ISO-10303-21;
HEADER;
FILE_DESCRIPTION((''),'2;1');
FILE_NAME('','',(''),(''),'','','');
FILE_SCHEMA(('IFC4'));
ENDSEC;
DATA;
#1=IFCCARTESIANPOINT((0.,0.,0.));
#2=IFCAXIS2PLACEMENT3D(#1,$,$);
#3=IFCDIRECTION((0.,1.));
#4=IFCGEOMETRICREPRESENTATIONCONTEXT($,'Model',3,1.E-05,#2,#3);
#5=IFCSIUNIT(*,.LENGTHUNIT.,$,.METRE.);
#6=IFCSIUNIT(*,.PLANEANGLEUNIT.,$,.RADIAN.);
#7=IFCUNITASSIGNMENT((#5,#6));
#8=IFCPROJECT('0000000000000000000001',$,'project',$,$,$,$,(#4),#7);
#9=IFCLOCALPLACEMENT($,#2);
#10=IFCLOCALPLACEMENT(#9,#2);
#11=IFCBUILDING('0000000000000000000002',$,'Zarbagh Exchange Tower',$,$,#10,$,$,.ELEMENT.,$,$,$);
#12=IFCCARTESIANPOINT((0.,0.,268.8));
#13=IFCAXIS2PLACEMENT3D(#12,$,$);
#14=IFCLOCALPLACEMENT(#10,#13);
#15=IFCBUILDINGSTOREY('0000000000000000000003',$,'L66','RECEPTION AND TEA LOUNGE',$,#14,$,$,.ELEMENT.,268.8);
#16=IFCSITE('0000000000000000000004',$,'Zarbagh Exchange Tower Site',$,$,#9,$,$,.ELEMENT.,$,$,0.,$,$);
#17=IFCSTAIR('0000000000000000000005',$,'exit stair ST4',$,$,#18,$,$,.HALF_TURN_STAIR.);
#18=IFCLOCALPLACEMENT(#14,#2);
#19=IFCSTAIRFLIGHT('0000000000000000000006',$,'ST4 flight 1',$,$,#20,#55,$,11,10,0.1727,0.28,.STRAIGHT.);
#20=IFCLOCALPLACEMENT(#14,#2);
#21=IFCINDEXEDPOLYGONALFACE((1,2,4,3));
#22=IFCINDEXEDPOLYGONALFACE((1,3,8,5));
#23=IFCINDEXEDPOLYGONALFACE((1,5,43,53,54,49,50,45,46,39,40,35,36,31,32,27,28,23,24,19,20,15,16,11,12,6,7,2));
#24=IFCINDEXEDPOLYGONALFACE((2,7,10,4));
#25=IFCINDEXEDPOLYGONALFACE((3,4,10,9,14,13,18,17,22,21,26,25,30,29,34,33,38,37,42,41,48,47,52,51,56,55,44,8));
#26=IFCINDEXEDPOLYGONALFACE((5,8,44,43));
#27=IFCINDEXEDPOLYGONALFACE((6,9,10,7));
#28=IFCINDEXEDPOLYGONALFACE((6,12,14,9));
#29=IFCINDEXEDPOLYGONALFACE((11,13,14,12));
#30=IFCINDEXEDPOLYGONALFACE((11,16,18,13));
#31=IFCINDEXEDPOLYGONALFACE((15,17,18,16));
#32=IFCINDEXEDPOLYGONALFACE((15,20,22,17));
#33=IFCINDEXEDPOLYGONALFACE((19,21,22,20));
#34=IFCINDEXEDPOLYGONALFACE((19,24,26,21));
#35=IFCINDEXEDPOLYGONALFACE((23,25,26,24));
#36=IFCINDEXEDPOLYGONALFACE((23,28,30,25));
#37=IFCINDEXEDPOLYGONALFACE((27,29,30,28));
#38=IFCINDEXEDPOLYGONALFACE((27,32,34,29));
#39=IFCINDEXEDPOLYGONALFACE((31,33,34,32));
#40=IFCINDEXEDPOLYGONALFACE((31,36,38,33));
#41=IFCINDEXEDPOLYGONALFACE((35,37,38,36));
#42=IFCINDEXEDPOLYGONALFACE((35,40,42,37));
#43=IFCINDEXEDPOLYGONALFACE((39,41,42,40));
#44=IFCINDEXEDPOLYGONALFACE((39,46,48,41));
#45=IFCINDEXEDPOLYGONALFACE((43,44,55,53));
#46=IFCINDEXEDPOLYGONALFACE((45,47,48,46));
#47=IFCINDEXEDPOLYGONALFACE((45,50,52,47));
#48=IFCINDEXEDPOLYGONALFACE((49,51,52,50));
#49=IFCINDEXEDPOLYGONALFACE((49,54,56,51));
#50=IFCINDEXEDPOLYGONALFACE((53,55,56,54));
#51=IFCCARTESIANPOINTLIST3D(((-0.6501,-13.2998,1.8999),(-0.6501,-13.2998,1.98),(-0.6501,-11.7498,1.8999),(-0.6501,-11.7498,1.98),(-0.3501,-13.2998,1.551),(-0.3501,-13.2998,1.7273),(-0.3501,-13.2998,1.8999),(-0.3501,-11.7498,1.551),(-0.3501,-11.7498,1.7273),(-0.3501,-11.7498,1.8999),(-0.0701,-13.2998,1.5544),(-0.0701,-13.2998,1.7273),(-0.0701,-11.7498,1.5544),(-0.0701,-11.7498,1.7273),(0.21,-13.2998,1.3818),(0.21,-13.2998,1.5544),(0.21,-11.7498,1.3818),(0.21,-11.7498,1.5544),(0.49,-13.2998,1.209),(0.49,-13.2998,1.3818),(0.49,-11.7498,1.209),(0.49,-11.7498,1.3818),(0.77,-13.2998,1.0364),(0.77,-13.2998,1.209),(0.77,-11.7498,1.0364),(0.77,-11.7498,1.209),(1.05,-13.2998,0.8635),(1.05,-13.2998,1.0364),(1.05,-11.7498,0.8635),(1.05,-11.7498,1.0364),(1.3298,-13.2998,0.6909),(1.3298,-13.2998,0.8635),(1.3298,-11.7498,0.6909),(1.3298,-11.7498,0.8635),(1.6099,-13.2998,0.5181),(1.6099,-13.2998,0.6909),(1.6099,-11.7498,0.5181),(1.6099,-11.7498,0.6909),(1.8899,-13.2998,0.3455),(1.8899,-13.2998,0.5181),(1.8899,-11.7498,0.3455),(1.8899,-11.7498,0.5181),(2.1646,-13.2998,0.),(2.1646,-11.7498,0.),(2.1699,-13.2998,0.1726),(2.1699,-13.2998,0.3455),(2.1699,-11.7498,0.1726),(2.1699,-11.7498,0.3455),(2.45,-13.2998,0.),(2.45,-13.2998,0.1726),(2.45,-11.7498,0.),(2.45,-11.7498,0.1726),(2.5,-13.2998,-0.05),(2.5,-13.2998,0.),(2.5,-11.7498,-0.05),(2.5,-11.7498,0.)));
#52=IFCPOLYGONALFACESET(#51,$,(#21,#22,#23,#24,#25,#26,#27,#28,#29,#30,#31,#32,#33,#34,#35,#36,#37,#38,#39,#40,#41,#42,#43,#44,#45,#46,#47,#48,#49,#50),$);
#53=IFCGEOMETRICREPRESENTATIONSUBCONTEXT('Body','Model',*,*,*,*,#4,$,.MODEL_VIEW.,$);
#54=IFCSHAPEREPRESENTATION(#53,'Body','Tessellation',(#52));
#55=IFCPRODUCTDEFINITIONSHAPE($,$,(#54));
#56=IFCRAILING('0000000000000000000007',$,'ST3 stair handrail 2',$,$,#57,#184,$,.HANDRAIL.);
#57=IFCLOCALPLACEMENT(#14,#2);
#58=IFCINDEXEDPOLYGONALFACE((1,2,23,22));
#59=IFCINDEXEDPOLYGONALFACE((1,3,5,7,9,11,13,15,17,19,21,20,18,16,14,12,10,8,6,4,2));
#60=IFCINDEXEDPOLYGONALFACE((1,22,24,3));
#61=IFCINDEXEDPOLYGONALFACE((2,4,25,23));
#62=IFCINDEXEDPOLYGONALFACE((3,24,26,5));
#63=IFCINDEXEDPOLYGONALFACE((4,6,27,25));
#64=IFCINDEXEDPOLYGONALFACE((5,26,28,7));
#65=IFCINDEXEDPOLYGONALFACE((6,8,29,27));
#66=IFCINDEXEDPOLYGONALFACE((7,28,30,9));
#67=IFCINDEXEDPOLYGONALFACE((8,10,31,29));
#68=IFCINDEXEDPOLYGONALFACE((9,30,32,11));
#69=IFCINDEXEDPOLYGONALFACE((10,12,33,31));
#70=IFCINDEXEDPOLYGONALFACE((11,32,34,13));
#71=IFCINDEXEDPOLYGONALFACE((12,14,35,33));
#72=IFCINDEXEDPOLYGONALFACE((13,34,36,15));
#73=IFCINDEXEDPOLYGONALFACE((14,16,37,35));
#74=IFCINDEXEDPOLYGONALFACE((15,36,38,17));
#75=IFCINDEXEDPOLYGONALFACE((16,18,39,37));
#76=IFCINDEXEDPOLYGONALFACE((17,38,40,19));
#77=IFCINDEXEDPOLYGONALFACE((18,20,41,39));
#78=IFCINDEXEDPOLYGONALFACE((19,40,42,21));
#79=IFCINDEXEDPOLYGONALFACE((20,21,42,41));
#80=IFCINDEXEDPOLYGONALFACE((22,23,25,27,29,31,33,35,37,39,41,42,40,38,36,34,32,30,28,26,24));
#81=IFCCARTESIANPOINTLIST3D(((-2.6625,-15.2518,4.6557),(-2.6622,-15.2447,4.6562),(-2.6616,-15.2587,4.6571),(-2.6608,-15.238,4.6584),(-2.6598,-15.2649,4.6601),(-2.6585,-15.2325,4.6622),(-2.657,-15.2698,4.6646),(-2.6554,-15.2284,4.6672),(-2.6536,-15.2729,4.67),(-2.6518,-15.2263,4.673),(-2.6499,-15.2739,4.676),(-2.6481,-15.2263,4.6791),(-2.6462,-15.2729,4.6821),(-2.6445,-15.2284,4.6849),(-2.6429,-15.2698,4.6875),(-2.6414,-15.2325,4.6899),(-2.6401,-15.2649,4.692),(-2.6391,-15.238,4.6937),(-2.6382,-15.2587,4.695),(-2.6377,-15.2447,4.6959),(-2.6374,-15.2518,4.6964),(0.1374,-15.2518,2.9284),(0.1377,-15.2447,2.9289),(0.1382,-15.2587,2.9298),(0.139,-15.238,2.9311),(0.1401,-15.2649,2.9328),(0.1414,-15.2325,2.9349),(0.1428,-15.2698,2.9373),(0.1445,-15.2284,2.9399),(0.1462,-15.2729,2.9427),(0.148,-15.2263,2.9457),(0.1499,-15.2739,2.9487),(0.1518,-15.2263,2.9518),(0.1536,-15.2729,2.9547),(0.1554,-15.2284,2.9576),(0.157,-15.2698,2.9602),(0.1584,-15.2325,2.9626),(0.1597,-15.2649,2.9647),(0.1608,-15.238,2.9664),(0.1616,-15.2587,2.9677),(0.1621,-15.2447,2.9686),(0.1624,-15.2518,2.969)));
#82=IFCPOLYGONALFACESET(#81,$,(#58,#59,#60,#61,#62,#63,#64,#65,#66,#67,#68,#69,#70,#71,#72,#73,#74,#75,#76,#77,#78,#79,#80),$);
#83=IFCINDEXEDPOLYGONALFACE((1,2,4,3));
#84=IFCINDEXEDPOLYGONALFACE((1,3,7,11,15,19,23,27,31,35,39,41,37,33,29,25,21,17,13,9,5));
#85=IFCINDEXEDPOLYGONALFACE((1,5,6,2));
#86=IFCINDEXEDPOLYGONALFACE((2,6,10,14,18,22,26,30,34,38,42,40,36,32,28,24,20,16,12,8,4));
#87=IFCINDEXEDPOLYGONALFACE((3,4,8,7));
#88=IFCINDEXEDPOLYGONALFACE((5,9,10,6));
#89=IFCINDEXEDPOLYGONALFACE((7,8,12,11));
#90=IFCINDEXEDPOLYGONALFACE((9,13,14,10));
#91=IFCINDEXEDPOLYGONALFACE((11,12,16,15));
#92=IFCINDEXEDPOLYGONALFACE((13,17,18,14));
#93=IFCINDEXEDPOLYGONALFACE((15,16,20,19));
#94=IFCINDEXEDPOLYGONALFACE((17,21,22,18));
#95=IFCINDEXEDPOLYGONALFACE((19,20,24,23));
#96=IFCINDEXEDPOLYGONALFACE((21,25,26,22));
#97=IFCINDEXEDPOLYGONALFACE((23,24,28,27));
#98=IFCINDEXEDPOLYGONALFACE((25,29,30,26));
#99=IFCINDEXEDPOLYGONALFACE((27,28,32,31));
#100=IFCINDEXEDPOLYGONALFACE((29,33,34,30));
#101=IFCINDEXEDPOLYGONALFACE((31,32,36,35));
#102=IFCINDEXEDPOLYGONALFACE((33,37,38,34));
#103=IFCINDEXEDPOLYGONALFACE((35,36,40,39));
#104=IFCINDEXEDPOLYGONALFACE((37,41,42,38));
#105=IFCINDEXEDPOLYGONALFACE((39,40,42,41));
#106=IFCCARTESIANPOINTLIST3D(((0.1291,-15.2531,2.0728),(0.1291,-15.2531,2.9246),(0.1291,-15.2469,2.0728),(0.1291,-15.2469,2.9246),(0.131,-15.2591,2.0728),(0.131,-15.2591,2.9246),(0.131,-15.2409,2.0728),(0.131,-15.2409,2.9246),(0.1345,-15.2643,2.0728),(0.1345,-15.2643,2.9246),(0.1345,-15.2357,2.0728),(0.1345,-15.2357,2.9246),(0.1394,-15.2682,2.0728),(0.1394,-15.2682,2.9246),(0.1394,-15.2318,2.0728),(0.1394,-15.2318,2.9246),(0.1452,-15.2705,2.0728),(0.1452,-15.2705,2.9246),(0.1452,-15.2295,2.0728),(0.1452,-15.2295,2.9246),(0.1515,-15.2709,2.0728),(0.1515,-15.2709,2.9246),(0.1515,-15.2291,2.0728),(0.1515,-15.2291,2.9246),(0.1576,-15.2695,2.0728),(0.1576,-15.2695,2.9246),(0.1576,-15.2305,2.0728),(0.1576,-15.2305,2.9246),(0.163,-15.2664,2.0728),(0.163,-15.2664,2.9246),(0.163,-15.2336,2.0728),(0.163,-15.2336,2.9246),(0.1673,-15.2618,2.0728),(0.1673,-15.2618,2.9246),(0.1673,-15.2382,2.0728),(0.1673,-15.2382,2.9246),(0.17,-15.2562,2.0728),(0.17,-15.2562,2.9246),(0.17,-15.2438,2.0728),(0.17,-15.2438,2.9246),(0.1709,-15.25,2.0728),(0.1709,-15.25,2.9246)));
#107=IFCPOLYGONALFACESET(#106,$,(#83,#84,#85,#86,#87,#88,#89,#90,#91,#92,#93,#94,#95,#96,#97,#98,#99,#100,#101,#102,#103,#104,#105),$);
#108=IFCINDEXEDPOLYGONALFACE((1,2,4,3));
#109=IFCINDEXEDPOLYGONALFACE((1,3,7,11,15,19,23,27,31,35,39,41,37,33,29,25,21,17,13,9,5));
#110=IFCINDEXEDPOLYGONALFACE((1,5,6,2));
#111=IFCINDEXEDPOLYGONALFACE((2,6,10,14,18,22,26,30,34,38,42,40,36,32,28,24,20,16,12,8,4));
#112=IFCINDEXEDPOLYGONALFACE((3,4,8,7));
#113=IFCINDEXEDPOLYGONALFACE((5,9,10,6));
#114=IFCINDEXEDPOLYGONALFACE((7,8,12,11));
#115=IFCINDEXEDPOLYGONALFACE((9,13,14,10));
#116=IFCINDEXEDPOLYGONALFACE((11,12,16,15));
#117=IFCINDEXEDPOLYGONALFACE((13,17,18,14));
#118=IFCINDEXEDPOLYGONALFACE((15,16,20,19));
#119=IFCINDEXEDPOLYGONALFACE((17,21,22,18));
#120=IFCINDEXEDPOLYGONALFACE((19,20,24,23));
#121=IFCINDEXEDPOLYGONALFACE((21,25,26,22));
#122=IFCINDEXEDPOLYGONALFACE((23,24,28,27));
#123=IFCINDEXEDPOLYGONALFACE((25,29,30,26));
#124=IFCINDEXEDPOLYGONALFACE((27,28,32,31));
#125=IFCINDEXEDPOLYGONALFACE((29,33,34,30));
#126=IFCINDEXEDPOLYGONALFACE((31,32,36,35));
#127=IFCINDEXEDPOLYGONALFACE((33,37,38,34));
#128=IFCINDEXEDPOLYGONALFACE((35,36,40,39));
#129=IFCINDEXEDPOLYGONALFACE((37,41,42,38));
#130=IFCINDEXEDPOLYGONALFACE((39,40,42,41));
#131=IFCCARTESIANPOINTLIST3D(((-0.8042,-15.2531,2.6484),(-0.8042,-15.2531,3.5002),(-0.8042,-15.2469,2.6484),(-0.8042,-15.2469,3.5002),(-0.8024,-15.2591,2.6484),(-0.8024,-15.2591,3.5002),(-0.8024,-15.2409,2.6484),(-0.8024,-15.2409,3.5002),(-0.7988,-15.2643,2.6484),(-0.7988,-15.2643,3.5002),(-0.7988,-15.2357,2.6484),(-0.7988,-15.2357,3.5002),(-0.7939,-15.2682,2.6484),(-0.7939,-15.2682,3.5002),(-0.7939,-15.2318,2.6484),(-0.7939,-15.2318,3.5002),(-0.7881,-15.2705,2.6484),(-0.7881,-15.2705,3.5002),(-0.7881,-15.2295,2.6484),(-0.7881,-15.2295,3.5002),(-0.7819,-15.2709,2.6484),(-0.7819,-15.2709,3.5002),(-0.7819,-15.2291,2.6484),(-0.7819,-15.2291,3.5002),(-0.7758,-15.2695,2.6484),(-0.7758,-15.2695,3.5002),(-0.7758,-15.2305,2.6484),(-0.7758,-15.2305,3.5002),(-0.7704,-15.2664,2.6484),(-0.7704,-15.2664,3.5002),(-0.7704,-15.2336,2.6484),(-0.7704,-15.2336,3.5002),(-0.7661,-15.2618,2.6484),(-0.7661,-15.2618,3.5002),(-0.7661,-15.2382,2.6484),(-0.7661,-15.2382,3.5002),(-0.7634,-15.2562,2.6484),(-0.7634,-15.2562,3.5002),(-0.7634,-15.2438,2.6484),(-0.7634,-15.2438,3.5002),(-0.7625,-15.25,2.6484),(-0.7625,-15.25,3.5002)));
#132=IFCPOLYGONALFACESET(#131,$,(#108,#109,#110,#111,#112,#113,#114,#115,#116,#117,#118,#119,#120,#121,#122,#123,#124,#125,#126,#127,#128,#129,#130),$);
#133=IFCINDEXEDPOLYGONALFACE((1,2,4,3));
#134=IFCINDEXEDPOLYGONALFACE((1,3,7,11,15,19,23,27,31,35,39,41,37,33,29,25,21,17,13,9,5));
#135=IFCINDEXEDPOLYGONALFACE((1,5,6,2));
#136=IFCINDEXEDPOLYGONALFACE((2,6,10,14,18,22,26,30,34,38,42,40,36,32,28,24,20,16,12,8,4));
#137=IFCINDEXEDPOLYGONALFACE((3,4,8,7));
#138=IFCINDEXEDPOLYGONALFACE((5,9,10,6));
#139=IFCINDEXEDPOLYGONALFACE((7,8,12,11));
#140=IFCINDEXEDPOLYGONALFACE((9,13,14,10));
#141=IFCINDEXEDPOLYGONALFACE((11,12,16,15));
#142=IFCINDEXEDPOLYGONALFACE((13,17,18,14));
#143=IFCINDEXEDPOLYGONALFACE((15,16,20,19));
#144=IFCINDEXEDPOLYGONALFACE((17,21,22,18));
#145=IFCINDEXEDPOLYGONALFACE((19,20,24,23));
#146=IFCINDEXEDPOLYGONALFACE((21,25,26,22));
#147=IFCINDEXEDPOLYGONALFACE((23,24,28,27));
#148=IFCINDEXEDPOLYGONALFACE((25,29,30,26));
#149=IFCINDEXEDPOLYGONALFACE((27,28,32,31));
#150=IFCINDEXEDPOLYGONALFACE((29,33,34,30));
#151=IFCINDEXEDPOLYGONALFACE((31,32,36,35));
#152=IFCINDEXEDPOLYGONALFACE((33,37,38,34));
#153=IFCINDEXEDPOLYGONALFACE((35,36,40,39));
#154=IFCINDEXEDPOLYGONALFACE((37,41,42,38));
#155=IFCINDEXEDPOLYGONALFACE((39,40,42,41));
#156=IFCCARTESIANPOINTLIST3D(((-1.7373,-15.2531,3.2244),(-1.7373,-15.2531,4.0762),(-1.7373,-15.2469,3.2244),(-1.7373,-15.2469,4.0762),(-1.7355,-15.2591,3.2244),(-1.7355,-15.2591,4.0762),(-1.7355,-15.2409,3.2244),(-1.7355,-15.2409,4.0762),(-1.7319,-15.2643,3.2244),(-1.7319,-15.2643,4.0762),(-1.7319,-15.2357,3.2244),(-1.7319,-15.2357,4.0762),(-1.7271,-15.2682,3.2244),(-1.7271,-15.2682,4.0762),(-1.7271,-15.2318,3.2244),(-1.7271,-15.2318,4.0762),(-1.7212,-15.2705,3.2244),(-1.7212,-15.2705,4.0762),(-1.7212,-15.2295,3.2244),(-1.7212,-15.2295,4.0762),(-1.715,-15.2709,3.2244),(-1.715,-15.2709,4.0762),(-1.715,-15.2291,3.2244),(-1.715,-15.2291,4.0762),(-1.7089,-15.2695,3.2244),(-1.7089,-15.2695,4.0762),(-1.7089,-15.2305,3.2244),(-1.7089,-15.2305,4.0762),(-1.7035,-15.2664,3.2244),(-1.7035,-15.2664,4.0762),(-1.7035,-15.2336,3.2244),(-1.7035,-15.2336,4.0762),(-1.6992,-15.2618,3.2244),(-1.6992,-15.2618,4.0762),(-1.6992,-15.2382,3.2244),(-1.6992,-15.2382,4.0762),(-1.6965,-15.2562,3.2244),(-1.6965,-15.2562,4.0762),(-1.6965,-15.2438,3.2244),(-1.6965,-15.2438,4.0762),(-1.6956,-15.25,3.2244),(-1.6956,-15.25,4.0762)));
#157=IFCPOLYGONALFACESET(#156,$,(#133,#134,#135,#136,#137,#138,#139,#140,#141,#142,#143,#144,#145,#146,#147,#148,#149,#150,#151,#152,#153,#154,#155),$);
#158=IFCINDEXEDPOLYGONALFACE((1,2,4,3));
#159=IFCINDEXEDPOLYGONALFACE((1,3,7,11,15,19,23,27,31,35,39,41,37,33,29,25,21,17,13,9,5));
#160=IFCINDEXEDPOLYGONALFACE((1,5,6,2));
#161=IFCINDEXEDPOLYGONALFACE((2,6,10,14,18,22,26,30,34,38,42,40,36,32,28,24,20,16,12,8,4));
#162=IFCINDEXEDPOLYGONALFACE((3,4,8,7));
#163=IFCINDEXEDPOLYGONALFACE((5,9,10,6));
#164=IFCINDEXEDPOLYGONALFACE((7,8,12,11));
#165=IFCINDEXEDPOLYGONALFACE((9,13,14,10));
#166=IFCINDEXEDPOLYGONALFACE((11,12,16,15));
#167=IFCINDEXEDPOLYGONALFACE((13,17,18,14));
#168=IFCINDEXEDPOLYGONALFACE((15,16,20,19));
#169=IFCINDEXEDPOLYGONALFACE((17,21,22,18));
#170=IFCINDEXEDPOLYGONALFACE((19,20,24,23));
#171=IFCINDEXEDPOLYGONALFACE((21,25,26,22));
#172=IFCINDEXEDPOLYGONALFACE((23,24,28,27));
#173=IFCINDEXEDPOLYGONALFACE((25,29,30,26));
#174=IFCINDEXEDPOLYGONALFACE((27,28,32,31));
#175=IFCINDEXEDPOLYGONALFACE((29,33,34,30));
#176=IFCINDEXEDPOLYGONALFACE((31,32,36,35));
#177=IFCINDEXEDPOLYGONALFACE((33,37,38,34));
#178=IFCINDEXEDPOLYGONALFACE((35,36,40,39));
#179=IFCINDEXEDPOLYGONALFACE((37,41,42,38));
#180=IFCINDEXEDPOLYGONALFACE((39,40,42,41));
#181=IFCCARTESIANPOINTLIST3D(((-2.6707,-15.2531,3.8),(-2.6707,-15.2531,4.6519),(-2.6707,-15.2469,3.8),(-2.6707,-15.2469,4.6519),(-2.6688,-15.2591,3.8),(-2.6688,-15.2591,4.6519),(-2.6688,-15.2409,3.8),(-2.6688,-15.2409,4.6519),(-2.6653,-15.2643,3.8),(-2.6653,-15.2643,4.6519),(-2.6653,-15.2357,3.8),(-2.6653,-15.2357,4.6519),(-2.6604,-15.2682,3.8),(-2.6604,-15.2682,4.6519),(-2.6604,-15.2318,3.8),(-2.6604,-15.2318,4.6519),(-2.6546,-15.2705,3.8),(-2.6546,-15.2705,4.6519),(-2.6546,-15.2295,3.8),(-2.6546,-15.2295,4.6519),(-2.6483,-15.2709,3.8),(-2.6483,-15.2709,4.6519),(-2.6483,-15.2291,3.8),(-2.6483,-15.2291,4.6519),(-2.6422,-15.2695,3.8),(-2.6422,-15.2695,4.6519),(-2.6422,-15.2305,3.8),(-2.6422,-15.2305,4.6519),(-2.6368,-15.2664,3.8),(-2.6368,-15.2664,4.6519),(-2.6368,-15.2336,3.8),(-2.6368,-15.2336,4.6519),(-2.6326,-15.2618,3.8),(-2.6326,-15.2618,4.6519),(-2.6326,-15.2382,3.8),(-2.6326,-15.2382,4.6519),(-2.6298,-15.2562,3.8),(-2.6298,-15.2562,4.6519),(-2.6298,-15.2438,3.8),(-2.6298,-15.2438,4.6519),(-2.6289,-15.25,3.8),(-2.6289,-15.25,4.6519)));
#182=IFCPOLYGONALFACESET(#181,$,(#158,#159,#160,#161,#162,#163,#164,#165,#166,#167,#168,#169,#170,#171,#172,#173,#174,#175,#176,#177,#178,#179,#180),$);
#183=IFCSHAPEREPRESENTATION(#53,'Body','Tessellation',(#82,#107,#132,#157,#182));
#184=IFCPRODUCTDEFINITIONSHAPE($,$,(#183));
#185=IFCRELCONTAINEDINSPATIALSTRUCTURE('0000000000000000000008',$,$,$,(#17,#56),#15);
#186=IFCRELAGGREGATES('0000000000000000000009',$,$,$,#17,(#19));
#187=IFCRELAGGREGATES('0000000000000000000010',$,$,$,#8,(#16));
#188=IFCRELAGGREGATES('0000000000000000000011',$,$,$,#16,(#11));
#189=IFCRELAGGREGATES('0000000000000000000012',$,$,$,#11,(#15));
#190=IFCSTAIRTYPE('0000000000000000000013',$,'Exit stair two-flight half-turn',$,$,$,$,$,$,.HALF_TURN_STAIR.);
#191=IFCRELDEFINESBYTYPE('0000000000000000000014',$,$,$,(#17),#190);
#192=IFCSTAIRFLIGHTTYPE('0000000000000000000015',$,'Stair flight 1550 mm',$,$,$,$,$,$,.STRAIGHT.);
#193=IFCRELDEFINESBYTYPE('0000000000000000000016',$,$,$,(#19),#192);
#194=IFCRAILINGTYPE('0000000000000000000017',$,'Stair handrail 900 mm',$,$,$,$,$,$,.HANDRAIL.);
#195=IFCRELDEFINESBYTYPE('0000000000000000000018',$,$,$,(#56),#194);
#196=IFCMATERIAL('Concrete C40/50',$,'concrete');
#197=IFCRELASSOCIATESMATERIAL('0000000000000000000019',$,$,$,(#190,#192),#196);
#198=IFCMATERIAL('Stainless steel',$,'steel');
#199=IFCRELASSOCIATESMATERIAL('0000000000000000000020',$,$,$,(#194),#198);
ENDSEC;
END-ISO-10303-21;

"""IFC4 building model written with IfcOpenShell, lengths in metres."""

from ifc_helpers import new_model, si_unit, direction, frame, origin, origin_2d, place, context, subcontext, project, spatial, polyline, circle, outline, extrude, material, type_object, element, aggregate, save


model = new_model("IFC4")

# Units and contexts
model_context = context("Model", 3, precision=1e-05, world=origin(), true_north=direction((0.0, 1.0)))
body_context = subcontext(model_context, "Body", "Model", "MODEL_VIEW")
ifc_project = project(units=[si_unit("LENGTHUNIT", "METRE"), si_unit("PLANEANGLEUNIT", "RADIAN")], contexts=[model_context])

# Site, building, storey
site_placement = place(None, origin())
site = spatial("IfcSite", under=ifc_project, at=site_placement, Name="Zarbagh Exchange Tower Site", CompositionType="ELEMENT", RefElevation=0.0)
building_placement = place(site_placement, origin())
building = spatial("IfcBuilding", under=site, at=building_placement, Name="Zarbagh Exchange Tower", CompositionType="ELEMENT")
storey_placement = place(building_placement, frame((0.0, 0.0, 268.8)))
storey = spatial("IfcBuildingStorey", under=building, at=storey_placement, Name="L66", Description="RECEPTION AND TEA LOUNGE", CompositionType="ELEMENT", Elevation=268.8)

# Shared definitions
ifc_material_1 = material(Name="Stainless steel", Category="steel")

# Stair, stair flight
ifc_material_2 = material(Name="Concrete C40/50", Category="concrete")
stair_type = type_object("IfcStairType", Name="Exit stair two-flight half-turn", PredefinedType="HALF_TURN_STAIR", material=ifc_material_2)
stair_1_placement = place(storey_placement, origin())
stair_1 = element("IfcStair", 1, at=stair_1_placement, inside=storey, type_object=stair_type, Name="exit stair ST4", PredefinedType="HALF_TURN_STAIR")
stair_flight_type_1 = type_object("IfcStairFlightType", Name="Stair flight 1550 mm", PredefinedType="STRAIGHT", material=ifc_material_2)
stair_flight_1_placement = place(storey_placement, frame((2.45, -12.5249, 0.0), z_axis=(0.0, 0.0, 1.0), x_axis=(-1.0, 0.0, 0.0)))
stair_flight_1 = element("IfcStairFlight", 2, at=stair_flight_1_placement, type_object=stair_flight_type_1, Name="ST4 flight 1", NumberOfRisers=11, NumberOfTreads=10, PredefinedType="STRAIGHT", RiserHeight=0.1727, TreadLength=0.28, context=body_context, shape_type="SweptSolid", body=[
    extrude(outline(polyline([(-0.05, -0.05), (-0.05, 0.0), (0.0, 0.0), (0.0, 0.1726), (0.28, 0.1726), (0.28, 0.3455), (0.5601, 0.3455), (0.5601, 0.5181), (0.8401, 0.5181), (0.8401, 0.6909), (1.1201, 0.6909), (1.1201, 0.8635), (1.3999, 0.8635), (1.3999, 1.0364), (1.6799, 1.0364), (1.6799, 1.209), (1.96, 1.209), (1.96, 1.3818), (2.24, 1.3818), (2.24, 1.5544), (2.52, 1.5544), (2.52, 1.7273), (2.8, 1.7273), (2.8, 1.8999), (3.1001, 1.98), (3.1001, 1.8999), (2.8, 1.551), (0.2854, 0.0), (-0.05, -0.05)])), frame((0.0, 0.7749, 0.0), z_axis=(0.0, -1.0, 0.0), x_axis=(1.0, 0.0, 0.0)), (0.0, 0.0, 1.0), 1.55),
])
aggregate(stair_1, [stair_flight_1])

# Railing
railing_type = type_object("IfcRailingType", Name="Stair handrail 900 mm", PredefinedType="HANDRAIL", material=ifc_material_1)
railing_placement = place(storey_placement, frame((0.1499, -15.25, 2.0728)))
element("IfcRailing", 3, at=railing_placement, inside=storey, type_object=railing_type, Name="ST3 stair handrail 2", PredefinedType="HANDRAIL", context=body_context, shape_type="SweptSolid", body=[
    extrude(circle(Radius=0.0239, at=origin_2d()), frame((0.0, 0.0, 0.876), z_axis=(-0.851069, 0.0, 0.525054), x_axis=(0.0, -1.0, 0.0)), (0.0, 0.0, 1.0), 3.2898),
    extrude(circle(Radius=0.021, at=origin_2d()), origin(), (0.0, 0.0, 1.0), 0.8518),
    extrude(circle(Radius=0.021, at=origin_2d()), frame((-0.9333, 0.0, 0.5757)), (0.0, 0.0, 1.0), 0.8518),
    extrude(circle(Radius=0.021, at=origin_2d()), frame((-1.8665, 0.0, 1.1516)), (0.0, 0.0, 1.0), 0.8518),
    extrude(circle(Radius=0.021, at=origin_2d()), frame((-2.7998, 0.0, 1.7273)), (0.0, 0.0, 1.0), 0.8518),
])

save(model, "model.ifc")
